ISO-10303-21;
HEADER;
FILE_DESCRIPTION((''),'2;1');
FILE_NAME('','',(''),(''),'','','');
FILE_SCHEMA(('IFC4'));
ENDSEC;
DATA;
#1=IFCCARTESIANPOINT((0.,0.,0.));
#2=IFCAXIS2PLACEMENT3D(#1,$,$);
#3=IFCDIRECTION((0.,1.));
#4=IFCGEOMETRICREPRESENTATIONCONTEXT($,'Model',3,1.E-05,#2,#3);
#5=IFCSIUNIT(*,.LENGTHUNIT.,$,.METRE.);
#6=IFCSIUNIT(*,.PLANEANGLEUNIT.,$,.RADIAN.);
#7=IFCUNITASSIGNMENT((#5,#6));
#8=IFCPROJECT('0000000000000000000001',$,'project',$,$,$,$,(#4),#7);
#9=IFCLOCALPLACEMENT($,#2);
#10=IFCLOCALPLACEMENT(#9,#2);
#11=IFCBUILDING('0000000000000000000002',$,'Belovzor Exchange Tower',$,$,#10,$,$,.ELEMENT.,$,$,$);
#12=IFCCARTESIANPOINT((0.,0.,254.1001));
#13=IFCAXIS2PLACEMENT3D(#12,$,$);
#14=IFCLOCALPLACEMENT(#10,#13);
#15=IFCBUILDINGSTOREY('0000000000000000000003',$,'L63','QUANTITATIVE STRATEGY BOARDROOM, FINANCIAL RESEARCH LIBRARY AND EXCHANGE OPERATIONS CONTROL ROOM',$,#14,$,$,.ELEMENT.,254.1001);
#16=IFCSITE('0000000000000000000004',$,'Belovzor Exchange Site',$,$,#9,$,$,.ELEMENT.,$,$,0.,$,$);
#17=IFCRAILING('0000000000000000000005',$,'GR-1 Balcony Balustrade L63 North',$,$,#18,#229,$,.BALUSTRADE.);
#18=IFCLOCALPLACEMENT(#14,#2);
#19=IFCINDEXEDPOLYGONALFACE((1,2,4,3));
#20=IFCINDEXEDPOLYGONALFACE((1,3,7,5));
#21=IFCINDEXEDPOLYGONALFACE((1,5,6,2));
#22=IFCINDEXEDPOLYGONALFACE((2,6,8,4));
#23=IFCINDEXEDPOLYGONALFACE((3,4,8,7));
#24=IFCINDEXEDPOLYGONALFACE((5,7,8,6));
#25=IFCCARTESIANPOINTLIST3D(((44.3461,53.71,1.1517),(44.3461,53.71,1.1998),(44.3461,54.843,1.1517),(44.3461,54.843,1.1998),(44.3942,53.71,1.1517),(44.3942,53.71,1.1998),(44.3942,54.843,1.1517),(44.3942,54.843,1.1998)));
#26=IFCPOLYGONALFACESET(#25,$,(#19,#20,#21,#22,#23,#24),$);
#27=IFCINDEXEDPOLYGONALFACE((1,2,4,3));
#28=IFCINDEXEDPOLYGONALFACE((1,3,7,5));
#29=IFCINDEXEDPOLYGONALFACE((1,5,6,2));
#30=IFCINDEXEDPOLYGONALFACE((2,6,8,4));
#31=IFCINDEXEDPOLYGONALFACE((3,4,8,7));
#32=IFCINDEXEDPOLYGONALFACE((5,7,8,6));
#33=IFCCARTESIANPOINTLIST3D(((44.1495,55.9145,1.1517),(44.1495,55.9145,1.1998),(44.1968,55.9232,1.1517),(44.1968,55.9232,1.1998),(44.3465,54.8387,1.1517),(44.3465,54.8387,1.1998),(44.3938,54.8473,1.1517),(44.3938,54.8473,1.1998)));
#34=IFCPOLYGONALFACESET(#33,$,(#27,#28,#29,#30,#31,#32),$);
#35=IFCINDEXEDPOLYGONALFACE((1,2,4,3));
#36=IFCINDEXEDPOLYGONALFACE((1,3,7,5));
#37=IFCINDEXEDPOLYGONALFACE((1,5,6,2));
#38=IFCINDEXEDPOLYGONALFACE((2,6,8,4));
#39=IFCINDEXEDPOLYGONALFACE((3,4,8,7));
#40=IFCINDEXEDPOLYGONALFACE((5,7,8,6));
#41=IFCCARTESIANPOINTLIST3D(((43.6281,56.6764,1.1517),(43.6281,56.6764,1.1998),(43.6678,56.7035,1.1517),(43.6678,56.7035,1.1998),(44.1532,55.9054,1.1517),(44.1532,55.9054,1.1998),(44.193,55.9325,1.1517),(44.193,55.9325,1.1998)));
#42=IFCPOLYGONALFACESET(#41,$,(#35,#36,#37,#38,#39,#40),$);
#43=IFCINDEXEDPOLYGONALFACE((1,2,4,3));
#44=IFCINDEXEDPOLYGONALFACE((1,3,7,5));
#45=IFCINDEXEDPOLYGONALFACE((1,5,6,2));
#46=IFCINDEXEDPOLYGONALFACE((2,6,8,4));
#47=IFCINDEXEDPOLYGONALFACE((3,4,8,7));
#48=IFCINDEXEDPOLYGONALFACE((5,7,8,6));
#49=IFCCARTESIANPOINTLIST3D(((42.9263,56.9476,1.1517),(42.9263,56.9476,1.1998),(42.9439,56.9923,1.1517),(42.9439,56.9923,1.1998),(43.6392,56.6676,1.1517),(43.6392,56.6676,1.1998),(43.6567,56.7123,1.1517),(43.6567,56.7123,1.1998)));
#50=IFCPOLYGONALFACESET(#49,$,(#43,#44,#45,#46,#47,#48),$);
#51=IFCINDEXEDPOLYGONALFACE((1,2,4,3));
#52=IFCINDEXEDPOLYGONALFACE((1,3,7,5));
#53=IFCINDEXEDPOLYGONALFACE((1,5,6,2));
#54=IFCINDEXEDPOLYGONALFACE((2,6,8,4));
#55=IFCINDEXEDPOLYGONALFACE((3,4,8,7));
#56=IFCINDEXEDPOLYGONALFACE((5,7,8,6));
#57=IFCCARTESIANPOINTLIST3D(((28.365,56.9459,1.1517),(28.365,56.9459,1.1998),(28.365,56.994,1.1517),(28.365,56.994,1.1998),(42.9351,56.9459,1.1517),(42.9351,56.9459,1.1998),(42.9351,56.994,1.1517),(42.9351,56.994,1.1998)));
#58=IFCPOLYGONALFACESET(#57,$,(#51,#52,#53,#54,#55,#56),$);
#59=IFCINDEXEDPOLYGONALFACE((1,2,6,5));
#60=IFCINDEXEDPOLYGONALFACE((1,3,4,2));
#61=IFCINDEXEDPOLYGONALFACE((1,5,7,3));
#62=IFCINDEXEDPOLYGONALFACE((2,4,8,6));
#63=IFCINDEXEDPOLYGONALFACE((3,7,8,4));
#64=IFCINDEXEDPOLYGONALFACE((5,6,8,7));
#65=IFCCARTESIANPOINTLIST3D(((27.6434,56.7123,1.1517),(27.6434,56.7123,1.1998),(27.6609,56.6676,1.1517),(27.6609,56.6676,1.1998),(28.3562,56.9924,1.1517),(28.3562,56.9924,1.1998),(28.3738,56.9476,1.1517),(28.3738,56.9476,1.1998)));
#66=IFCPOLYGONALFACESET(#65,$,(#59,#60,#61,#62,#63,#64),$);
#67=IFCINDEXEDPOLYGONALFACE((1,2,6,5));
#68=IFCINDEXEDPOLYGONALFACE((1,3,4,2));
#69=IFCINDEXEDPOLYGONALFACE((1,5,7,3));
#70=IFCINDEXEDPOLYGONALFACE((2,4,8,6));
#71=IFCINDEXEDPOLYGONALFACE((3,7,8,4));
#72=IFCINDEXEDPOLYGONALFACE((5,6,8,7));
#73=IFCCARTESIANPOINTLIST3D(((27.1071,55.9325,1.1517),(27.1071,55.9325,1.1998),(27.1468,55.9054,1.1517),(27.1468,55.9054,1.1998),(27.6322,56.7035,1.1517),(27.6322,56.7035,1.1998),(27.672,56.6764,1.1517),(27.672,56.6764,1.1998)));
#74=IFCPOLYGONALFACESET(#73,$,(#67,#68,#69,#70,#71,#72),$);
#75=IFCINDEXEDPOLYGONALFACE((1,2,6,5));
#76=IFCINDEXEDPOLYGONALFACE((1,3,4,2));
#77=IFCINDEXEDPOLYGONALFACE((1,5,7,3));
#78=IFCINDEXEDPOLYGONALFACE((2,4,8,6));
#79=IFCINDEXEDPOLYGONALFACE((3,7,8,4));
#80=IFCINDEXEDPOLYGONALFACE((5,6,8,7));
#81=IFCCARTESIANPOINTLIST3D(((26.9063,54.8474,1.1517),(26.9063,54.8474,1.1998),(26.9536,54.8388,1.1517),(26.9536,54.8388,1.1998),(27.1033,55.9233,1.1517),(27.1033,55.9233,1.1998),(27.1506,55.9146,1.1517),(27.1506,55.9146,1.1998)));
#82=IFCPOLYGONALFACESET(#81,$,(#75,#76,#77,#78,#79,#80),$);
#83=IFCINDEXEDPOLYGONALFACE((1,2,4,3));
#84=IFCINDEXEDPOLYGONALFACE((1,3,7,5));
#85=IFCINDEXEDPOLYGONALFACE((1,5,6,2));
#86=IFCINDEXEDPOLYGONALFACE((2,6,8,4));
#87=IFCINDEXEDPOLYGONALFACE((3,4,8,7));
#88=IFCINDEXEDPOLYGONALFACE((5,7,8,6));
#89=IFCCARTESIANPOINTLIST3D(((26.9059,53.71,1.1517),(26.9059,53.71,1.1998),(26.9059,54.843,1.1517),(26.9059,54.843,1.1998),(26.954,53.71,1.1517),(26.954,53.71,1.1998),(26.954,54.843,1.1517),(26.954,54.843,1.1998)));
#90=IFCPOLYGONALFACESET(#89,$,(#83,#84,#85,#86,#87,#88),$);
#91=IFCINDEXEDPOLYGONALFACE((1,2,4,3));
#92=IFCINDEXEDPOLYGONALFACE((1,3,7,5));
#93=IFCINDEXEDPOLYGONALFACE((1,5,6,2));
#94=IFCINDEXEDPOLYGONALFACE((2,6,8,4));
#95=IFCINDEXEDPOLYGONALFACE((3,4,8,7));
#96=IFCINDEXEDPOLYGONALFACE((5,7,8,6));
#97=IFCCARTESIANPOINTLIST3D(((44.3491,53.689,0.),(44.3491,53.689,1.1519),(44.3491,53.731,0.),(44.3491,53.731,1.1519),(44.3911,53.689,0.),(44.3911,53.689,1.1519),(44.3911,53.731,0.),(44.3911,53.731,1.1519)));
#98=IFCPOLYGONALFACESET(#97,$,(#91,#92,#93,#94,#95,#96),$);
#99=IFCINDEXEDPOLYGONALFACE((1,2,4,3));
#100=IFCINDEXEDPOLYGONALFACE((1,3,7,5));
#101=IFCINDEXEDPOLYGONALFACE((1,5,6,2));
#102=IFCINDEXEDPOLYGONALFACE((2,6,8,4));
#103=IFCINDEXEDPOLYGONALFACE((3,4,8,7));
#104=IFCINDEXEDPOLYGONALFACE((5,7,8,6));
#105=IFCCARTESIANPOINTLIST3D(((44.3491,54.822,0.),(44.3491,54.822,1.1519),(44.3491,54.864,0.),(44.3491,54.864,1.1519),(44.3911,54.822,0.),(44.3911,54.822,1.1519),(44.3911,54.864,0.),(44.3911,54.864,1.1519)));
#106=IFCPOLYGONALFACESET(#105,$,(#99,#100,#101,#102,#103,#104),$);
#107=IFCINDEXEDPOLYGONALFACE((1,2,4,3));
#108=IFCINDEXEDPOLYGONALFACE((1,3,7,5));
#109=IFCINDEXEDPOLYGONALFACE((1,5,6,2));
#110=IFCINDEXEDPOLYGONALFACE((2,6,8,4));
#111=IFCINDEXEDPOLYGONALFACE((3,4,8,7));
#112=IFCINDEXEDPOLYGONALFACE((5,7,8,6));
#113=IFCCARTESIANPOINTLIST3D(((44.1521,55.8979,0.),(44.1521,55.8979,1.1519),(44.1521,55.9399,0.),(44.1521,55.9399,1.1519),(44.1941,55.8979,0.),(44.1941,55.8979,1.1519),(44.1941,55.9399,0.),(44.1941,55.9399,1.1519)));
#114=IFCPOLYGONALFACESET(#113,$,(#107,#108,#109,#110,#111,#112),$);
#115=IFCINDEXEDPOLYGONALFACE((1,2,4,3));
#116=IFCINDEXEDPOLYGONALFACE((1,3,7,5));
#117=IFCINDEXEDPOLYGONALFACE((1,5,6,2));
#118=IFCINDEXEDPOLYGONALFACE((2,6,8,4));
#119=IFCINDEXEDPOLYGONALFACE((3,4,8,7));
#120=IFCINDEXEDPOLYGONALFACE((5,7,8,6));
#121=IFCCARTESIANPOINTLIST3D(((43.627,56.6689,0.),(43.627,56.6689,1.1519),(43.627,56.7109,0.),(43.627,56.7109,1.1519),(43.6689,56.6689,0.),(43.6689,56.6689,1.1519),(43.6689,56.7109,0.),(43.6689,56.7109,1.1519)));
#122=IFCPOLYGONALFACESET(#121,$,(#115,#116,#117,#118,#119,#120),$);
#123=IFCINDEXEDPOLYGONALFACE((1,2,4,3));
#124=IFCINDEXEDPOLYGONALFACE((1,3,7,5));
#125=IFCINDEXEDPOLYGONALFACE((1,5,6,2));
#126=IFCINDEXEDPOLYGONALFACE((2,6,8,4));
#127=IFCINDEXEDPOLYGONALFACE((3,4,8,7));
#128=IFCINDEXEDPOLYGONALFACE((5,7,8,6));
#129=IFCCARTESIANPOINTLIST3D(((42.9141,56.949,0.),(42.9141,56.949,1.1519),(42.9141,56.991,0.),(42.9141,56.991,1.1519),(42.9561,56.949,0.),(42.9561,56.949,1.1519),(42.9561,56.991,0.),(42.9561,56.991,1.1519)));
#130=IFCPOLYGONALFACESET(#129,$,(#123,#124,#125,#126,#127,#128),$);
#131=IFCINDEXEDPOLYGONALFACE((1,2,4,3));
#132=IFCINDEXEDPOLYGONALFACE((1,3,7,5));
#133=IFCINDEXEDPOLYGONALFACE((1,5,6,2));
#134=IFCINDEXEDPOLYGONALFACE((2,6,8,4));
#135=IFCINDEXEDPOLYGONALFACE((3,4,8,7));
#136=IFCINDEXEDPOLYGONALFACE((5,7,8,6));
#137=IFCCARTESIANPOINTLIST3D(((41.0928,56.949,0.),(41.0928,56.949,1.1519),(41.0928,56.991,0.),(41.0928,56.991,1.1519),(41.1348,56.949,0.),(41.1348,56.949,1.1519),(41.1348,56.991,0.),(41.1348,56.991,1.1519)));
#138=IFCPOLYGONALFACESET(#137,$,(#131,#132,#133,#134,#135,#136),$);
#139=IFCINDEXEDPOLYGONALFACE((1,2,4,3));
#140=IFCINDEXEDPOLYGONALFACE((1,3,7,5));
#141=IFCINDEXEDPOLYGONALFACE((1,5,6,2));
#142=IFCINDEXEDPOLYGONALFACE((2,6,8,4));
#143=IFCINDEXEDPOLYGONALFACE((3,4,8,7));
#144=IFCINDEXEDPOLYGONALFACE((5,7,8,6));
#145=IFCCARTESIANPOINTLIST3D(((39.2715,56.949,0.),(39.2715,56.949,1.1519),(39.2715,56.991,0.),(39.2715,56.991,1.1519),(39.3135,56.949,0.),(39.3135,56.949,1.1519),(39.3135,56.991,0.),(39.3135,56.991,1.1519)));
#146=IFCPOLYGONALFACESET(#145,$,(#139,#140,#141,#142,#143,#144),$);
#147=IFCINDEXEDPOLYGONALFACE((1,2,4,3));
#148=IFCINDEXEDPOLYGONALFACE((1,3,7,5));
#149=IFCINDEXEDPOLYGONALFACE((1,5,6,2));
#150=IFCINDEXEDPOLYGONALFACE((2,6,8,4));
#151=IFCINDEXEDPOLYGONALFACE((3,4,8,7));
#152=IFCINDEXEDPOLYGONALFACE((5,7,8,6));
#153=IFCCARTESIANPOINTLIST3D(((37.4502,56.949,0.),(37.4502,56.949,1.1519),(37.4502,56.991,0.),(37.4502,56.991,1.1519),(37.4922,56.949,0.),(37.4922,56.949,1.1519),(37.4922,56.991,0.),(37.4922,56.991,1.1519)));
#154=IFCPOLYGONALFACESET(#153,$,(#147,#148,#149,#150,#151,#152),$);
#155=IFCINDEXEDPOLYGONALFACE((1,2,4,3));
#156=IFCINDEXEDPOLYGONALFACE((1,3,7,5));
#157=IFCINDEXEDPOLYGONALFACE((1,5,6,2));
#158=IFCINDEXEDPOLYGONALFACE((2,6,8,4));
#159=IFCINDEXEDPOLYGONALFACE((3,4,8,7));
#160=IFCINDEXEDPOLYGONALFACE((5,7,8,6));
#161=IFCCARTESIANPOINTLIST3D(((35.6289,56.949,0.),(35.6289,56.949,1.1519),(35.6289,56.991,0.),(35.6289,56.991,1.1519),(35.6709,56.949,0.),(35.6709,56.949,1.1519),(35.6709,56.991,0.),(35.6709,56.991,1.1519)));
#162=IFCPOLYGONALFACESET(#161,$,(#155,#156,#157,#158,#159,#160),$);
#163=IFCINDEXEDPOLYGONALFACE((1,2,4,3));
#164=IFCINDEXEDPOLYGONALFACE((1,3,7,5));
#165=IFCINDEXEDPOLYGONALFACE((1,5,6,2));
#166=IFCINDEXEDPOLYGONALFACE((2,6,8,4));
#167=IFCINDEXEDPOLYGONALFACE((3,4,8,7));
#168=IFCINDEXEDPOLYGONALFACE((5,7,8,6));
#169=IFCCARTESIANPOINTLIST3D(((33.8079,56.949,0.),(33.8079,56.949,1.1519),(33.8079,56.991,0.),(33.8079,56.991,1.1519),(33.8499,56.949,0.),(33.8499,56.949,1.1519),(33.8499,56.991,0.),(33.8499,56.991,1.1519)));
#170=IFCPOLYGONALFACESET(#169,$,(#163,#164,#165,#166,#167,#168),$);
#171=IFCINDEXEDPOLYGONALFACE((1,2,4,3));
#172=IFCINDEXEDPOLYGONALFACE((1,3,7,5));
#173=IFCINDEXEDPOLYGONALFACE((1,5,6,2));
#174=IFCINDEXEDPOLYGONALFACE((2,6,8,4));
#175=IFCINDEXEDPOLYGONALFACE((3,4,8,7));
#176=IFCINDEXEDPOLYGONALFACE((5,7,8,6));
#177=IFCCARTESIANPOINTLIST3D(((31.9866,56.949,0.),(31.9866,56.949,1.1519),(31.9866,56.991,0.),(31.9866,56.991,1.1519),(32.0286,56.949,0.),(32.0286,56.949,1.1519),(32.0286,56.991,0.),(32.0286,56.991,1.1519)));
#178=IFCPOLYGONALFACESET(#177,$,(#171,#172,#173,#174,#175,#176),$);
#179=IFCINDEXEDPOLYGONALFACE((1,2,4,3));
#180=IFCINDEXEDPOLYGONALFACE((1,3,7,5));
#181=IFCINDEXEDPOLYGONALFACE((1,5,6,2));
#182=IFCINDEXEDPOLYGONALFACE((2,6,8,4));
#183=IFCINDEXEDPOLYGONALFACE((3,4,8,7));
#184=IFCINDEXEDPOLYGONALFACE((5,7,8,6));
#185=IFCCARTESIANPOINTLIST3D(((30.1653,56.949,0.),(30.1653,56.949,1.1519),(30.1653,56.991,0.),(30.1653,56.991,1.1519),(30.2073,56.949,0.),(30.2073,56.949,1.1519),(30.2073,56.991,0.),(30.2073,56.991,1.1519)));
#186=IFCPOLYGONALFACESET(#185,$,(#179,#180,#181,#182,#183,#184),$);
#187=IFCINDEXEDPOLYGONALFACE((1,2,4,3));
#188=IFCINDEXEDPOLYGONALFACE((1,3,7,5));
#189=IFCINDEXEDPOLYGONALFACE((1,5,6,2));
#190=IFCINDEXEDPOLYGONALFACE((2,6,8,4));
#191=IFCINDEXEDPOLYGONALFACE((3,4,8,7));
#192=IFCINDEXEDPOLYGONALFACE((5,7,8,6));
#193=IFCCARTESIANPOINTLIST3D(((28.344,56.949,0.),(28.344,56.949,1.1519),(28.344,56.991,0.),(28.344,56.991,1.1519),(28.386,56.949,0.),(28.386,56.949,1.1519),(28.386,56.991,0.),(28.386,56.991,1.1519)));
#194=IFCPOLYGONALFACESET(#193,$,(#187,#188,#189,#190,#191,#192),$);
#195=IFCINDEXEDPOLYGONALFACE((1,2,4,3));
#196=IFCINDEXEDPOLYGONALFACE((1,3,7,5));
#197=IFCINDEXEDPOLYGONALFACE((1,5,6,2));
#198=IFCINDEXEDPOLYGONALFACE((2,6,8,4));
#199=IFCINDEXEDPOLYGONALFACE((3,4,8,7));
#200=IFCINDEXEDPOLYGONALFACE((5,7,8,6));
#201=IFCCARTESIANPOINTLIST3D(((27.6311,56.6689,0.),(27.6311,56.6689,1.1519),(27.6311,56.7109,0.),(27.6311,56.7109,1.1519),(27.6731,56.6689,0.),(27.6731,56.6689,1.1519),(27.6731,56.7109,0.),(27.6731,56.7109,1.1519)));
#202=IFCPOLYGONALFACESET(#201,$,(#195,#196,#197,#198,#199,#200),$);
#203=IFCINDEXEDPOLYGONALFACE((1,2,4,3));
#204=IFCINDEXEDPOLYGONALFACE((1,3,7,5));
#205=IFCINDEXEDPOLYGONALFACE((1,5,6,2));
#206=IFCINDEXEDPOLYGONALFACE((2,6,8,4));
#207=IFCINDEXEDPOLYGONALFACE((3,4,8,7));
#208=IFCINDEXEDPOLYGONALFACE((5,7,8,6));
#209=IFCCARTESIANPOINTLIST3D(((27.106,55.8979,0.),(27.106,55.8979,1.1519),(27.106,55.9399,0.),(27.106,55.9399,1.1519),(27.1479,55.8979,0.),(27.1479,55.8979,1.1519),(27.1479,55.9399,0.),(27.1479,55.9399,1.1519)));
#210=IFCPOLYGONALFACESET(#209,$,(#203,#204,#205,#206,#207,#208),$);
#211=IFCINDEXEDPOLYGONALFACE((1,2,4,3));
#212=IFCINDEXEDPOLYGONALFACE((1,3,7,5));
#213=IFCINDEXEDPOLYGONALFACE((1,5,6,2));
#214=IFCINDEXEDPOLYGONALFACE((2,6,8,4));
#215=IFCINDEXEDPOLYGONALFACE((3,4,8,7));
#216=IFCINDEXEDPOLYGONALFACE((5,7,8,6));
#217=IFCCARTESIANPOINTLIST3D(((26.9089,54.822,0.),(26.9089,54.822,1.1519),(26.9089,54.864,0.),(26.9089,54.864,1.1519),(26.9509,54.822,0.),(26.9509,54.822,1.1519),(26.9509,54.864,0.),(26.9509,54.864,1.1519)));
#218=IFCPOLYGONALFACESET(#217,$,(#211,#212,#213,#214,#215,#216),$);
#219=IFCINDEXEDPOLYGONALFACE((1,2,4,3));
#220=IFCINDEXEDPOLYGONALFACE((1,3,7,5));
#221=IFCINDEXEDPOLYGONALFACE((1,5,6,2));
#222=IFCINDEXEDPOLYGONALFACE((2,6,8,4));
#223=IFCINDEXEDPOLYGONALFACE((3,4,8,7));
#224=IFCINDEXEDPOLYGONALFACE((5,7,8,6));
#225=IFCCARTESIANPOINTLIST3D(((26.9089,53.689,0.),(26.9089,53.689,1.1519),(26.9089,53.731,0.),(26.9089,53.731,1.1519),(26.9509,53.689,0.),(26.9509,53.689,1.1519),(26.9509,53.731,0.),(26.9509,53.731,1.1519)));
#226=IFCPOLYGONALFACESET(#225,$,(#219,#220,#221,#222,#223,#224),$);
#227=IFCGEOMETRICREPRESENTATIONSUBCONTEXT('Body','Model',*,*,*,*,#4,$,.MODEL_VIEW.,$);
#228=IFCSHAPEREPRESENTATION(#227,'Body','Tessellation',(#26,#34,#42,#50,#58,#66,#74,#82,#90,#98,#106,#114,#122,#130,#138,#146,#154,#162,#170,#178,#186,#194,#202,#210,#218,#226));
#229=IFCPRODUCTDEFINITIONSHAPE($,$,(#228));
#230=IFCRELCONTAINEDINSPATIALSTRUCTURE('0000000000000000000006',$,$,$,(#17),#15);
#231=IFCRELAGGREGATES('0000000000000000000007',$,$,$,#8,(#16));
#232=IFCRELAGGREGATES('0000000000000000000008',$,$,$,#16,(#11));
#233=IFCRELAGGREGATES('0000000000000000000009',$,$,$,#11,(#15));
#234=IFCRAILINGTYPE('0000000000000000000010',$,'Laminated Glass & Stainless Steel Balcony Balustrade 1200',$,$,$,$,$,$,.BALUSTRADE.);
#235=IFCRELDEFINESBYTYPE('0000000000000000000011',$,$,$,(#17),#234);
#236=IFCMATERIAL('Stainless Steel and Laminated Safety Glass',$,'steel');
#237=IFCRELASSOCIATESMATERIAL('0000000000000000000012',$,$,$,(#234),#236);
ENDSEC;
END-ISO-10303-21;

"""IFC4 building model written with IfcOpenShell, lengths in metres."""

from ifc_helpers import new_model, si_unit, direction, frame, origin, origin_2d, place, context, subcontext, project, spatial, rectangle, extrude, material, type_object, element, save


model = new_model("IFC4")

# Units and contexts
model_context = context("Model", 3, precision=1e-05, world=origin(), true_north=direction((0.0, 1.0)))
body_context = subcontext(model_context, "Body", "Model", "MODEL_VIEW")
ifc_project = project(units=[si_unit("LENGTHUNIT", "METRE"), si_unit("PLANEANGLEUNIT", "RADIAN")], contexts=[model_context])

# Site, building, storey
site_placement = place(None, origin())
site = spatial("IfcSite", under=ifc_project, at=site_placement, Name="Belovzor Exchange Site", CompositionType="ELEMENT", RefElevation=0.0)
building_placement = place(site_placement, origin())
building = spatial("IfcBuilding", under=site, at=building_placement, Name="Belovzor Exchange Tower", CompositionType="ELEMENT")
storey_placement = place(building_placement, frame((0.0, 0.0, 254.1001)))
storey = spatial("IfcBuildingStorey", under=building, at=storey_placement, Name="L63", Description="QUANTITATIVE STRATEGY BOARDROOM, FINANCIAL RESEARCH LIBRARY AND EXCHANGE OPERATIONS CONTROL ROOM", CompositionType="ELEMENT", Elevation=254.1001)

# Railing
ifc_material_1 = material(Name="Stainless Steel and Laminated Safety Glass", Category="steel")
railing_type_1 = type_object("IfcRailingType", Name="Laminated Glass & Stainless Steel Balcony Balustrade 1200", PredefinedType="BALUSTRADE", material=ifc_material_1)
railing_1_placement = place(storey_placement, frame((44.3701, 53.71, 0.0)))
element("IfcRailing", 1, at=railing_1_placement, inside=storey, type_object=railing_type_1, Name="GR-1 Balcony Balustrade L63 North", PredefinedType="BALUSTRADE", context=body_context, shape_type="SweptSolid", body=[
    extrude(rectangle(XDim=0.0481, YDim=0.0481, at=origin_2d()), frame((0.0, 0.0, 1.1758), z_axis=(0.0, 1.0, 0.0), x_axis=(-1.0, 0.0, 0.0)), (0.0, 0.0, 1.0), 1.1331),
    extrude(rectangle(XDim=0.0481, YDim=0.0481, at=origin_2d()), frame((0.0, 1.1331, 1.1758), z_axis=(-0.180123, 0.983644, 0.0), x_axis=(-0.983644, -0.180123, 0.0)), (0.0, 0.0, 1.0), 1.0938),
    extrude(rectangle(XDim=0.0481, YDim=0.0481, at=origin_2d()), frame((-0.197, 2.209, 1.1758), z_axis=(-0.562947, 0.826493, 0.0), x_axis=(-0.826493, -0.562947, 0.0)), (0.0, 0.0, 1.0), 0.9329),
    extrude(rectangle(XDim=0.0481, YDim=0.0481, at=origin_2d()), frame((-0.7222, 2.98, 1.1758), z_axis=(-0.930767, 0.365613, 0.0), x_axis=(-0.365613, -0.930767, 0.0)), (0.0, 0.0, 1.0), 0.7659),
    extrude(rectangle(XDim=0.0481, YDim=0.0481, at=origin_2d()), frame((-1.4351, 3.26, 1.1758), z_axis=(-1.0, 0.0, 0.0), x_axis=(0.0, -1.0, 0.0)), (0.0, 0.0, 1.0), 14.5701),
    extrude(rectangle(XDim=0.0481, YDim=0.0481, at=origin_2d()), frame((-16.0051, 3.26, 1.1758), z_axis=(-0.930767, -0.365613, 0.0), x_axis=(0.365613, -0.930767, 0.0)), (0.0, 0.0, 1.0), 0.7659),
    extrude(rectangle(XDim=0.0481, YDim=0.0481, at=origin_2d()), frame((-16.718, 2.98, 1.1758), z_axis=(-0.562947, -0.826493, 0.0), x_axis=(0.826493, -0.562947, 0.0)), (0.0, 0.0, 1.0), 0.9329),
    extrude(rectangle(XDim=0.0481, YDim=0.0481, at=origin_2d()), frame((-17.2432, 2.209, 1.1758), z_axis=(-0.180123, -0.983644, 0.0), x_axis=(0.983644, -0.180123, 0.0)), (0.0, 0.0, 1.0), 1.0938),
    extrude(rectangle(XDim=0.0481, YDim=0.0481, at=origin_2d()), frame((-17.4402, 1.1331, 1.1758), z_axis=(0.0, -1.0, 0.0), x_axis=(1.0, 0.0, 0.0)), (0.0, 0.0, 1.0), 1.1331),
    extrude(rectangle(XDim=0.042, YDim=0.042, at=origin_2d()), origin(), (0.0, 0.0, 1.0), 1.1519),
    extrude(rectangle(XDim=0.042, YDim=0.042, at=origin_2d()), frame((0.0, 1.1331, 0.0)), (0.0, 0.0, 1.0), 1.1519),
    extrude(rectangle(XDim=0.042, YDim=0.042, at=origin_2d()), frame((-0.197, 2.209, 0.0)), (0.0, 0.0, 1.0), 1.1519),
    extrude(rectangle(XDim=0.042, YDim=0.042, at=origin_2d()), frame((-0.7222, 2.98, 0.0)), (0.0, 0.0, 1.0), 1.1519),
    extrude(rectangle(XDim=0.042, YDim=0.042, at=origin_2d()), frame((-1.4351, 3.26, 0.0)), (0.0, 0.0, 1.0), 1.1519),
    extrude(rectangle(XDim=0.042, YDim=0.042, at=origin_2d()), frame((-3.2563, 3.26, 0.0)), (0.0, 0.0, 1.0), 1.1519),
    extrude(rectangle(XDim=0.042, YDim=0.042, at=origin_2d()), frame((-5.0776, 3.26, 0.0)), (0.0, 0.0, 1.0), 1.1519),
    extrude(rectangle(XDim=0.042, YDim=0.042, at=origin_2d()), frame((-6.8989, 3.26, 0.0)), (0.0, 0.0, 1.0), 1.1519),
    extrude(rectangle(XDim=0.042, YDim=0.042, at=origin_2d()), frame((-8.7202, 3.26, 0.0)), (0.0, 0.0, 1.0), 1.1519),
    extrude(rectangle(XDim=0.042, YDim=0.042, at=origin_2d()), frame((-10.5413, 3.26, 0.0)), (0.0, 0.0, 1.0), 1.1519),
    extrude(rectangle(XDim=0.042, YDim=0.042, at=origin_2d()), frame((-12.3625, 3.26, 0.0)), (0.0, 0.0, 1.0), 1.1519),
    extrude(rectangle(XDim=0.042, YDim=0.042, at=origin_2d()), frame((-14.1838, 3.26, 0.0)), (0.0, 0.0, 1.0), 1.1519),
    extrude(rectangle(XDim=0.042, YDim=0.042, at=origin_2d()), frame((-16.0051, 3.26, 0.0)), (0.0, 0.0, 1.0), 1.1519),
    extrude(rectangle(XDim=0.042, YDim=0.042, at=origin_2d()), frame((-16.718, 2.98, 0.0)), (0.0, 0.0, 1.0), 1.1519),
    extrude(rectangle(XDim=0.042, YDim=0.042, at=origin_2d()), frame((-17.2432, 2.209, 0.0)), (0.0, 0.0, 1.0), 1.1519),
    extrude(rectangle(XDim=0.042, YDim=0.042, at=origin_2d()), frame((-17.4402, 1.1331, 0.0)), (0.0, 0.0, 1.0), 1.1519),
    extrude(rectangle(XDim=0.042, YDim=0.042, at=origin_2d()), frame((-17.4402, 0.0, 0.0)), (0.0, 0.0, 1.0), 1.1519),
])

save(model, "model.ifc")
